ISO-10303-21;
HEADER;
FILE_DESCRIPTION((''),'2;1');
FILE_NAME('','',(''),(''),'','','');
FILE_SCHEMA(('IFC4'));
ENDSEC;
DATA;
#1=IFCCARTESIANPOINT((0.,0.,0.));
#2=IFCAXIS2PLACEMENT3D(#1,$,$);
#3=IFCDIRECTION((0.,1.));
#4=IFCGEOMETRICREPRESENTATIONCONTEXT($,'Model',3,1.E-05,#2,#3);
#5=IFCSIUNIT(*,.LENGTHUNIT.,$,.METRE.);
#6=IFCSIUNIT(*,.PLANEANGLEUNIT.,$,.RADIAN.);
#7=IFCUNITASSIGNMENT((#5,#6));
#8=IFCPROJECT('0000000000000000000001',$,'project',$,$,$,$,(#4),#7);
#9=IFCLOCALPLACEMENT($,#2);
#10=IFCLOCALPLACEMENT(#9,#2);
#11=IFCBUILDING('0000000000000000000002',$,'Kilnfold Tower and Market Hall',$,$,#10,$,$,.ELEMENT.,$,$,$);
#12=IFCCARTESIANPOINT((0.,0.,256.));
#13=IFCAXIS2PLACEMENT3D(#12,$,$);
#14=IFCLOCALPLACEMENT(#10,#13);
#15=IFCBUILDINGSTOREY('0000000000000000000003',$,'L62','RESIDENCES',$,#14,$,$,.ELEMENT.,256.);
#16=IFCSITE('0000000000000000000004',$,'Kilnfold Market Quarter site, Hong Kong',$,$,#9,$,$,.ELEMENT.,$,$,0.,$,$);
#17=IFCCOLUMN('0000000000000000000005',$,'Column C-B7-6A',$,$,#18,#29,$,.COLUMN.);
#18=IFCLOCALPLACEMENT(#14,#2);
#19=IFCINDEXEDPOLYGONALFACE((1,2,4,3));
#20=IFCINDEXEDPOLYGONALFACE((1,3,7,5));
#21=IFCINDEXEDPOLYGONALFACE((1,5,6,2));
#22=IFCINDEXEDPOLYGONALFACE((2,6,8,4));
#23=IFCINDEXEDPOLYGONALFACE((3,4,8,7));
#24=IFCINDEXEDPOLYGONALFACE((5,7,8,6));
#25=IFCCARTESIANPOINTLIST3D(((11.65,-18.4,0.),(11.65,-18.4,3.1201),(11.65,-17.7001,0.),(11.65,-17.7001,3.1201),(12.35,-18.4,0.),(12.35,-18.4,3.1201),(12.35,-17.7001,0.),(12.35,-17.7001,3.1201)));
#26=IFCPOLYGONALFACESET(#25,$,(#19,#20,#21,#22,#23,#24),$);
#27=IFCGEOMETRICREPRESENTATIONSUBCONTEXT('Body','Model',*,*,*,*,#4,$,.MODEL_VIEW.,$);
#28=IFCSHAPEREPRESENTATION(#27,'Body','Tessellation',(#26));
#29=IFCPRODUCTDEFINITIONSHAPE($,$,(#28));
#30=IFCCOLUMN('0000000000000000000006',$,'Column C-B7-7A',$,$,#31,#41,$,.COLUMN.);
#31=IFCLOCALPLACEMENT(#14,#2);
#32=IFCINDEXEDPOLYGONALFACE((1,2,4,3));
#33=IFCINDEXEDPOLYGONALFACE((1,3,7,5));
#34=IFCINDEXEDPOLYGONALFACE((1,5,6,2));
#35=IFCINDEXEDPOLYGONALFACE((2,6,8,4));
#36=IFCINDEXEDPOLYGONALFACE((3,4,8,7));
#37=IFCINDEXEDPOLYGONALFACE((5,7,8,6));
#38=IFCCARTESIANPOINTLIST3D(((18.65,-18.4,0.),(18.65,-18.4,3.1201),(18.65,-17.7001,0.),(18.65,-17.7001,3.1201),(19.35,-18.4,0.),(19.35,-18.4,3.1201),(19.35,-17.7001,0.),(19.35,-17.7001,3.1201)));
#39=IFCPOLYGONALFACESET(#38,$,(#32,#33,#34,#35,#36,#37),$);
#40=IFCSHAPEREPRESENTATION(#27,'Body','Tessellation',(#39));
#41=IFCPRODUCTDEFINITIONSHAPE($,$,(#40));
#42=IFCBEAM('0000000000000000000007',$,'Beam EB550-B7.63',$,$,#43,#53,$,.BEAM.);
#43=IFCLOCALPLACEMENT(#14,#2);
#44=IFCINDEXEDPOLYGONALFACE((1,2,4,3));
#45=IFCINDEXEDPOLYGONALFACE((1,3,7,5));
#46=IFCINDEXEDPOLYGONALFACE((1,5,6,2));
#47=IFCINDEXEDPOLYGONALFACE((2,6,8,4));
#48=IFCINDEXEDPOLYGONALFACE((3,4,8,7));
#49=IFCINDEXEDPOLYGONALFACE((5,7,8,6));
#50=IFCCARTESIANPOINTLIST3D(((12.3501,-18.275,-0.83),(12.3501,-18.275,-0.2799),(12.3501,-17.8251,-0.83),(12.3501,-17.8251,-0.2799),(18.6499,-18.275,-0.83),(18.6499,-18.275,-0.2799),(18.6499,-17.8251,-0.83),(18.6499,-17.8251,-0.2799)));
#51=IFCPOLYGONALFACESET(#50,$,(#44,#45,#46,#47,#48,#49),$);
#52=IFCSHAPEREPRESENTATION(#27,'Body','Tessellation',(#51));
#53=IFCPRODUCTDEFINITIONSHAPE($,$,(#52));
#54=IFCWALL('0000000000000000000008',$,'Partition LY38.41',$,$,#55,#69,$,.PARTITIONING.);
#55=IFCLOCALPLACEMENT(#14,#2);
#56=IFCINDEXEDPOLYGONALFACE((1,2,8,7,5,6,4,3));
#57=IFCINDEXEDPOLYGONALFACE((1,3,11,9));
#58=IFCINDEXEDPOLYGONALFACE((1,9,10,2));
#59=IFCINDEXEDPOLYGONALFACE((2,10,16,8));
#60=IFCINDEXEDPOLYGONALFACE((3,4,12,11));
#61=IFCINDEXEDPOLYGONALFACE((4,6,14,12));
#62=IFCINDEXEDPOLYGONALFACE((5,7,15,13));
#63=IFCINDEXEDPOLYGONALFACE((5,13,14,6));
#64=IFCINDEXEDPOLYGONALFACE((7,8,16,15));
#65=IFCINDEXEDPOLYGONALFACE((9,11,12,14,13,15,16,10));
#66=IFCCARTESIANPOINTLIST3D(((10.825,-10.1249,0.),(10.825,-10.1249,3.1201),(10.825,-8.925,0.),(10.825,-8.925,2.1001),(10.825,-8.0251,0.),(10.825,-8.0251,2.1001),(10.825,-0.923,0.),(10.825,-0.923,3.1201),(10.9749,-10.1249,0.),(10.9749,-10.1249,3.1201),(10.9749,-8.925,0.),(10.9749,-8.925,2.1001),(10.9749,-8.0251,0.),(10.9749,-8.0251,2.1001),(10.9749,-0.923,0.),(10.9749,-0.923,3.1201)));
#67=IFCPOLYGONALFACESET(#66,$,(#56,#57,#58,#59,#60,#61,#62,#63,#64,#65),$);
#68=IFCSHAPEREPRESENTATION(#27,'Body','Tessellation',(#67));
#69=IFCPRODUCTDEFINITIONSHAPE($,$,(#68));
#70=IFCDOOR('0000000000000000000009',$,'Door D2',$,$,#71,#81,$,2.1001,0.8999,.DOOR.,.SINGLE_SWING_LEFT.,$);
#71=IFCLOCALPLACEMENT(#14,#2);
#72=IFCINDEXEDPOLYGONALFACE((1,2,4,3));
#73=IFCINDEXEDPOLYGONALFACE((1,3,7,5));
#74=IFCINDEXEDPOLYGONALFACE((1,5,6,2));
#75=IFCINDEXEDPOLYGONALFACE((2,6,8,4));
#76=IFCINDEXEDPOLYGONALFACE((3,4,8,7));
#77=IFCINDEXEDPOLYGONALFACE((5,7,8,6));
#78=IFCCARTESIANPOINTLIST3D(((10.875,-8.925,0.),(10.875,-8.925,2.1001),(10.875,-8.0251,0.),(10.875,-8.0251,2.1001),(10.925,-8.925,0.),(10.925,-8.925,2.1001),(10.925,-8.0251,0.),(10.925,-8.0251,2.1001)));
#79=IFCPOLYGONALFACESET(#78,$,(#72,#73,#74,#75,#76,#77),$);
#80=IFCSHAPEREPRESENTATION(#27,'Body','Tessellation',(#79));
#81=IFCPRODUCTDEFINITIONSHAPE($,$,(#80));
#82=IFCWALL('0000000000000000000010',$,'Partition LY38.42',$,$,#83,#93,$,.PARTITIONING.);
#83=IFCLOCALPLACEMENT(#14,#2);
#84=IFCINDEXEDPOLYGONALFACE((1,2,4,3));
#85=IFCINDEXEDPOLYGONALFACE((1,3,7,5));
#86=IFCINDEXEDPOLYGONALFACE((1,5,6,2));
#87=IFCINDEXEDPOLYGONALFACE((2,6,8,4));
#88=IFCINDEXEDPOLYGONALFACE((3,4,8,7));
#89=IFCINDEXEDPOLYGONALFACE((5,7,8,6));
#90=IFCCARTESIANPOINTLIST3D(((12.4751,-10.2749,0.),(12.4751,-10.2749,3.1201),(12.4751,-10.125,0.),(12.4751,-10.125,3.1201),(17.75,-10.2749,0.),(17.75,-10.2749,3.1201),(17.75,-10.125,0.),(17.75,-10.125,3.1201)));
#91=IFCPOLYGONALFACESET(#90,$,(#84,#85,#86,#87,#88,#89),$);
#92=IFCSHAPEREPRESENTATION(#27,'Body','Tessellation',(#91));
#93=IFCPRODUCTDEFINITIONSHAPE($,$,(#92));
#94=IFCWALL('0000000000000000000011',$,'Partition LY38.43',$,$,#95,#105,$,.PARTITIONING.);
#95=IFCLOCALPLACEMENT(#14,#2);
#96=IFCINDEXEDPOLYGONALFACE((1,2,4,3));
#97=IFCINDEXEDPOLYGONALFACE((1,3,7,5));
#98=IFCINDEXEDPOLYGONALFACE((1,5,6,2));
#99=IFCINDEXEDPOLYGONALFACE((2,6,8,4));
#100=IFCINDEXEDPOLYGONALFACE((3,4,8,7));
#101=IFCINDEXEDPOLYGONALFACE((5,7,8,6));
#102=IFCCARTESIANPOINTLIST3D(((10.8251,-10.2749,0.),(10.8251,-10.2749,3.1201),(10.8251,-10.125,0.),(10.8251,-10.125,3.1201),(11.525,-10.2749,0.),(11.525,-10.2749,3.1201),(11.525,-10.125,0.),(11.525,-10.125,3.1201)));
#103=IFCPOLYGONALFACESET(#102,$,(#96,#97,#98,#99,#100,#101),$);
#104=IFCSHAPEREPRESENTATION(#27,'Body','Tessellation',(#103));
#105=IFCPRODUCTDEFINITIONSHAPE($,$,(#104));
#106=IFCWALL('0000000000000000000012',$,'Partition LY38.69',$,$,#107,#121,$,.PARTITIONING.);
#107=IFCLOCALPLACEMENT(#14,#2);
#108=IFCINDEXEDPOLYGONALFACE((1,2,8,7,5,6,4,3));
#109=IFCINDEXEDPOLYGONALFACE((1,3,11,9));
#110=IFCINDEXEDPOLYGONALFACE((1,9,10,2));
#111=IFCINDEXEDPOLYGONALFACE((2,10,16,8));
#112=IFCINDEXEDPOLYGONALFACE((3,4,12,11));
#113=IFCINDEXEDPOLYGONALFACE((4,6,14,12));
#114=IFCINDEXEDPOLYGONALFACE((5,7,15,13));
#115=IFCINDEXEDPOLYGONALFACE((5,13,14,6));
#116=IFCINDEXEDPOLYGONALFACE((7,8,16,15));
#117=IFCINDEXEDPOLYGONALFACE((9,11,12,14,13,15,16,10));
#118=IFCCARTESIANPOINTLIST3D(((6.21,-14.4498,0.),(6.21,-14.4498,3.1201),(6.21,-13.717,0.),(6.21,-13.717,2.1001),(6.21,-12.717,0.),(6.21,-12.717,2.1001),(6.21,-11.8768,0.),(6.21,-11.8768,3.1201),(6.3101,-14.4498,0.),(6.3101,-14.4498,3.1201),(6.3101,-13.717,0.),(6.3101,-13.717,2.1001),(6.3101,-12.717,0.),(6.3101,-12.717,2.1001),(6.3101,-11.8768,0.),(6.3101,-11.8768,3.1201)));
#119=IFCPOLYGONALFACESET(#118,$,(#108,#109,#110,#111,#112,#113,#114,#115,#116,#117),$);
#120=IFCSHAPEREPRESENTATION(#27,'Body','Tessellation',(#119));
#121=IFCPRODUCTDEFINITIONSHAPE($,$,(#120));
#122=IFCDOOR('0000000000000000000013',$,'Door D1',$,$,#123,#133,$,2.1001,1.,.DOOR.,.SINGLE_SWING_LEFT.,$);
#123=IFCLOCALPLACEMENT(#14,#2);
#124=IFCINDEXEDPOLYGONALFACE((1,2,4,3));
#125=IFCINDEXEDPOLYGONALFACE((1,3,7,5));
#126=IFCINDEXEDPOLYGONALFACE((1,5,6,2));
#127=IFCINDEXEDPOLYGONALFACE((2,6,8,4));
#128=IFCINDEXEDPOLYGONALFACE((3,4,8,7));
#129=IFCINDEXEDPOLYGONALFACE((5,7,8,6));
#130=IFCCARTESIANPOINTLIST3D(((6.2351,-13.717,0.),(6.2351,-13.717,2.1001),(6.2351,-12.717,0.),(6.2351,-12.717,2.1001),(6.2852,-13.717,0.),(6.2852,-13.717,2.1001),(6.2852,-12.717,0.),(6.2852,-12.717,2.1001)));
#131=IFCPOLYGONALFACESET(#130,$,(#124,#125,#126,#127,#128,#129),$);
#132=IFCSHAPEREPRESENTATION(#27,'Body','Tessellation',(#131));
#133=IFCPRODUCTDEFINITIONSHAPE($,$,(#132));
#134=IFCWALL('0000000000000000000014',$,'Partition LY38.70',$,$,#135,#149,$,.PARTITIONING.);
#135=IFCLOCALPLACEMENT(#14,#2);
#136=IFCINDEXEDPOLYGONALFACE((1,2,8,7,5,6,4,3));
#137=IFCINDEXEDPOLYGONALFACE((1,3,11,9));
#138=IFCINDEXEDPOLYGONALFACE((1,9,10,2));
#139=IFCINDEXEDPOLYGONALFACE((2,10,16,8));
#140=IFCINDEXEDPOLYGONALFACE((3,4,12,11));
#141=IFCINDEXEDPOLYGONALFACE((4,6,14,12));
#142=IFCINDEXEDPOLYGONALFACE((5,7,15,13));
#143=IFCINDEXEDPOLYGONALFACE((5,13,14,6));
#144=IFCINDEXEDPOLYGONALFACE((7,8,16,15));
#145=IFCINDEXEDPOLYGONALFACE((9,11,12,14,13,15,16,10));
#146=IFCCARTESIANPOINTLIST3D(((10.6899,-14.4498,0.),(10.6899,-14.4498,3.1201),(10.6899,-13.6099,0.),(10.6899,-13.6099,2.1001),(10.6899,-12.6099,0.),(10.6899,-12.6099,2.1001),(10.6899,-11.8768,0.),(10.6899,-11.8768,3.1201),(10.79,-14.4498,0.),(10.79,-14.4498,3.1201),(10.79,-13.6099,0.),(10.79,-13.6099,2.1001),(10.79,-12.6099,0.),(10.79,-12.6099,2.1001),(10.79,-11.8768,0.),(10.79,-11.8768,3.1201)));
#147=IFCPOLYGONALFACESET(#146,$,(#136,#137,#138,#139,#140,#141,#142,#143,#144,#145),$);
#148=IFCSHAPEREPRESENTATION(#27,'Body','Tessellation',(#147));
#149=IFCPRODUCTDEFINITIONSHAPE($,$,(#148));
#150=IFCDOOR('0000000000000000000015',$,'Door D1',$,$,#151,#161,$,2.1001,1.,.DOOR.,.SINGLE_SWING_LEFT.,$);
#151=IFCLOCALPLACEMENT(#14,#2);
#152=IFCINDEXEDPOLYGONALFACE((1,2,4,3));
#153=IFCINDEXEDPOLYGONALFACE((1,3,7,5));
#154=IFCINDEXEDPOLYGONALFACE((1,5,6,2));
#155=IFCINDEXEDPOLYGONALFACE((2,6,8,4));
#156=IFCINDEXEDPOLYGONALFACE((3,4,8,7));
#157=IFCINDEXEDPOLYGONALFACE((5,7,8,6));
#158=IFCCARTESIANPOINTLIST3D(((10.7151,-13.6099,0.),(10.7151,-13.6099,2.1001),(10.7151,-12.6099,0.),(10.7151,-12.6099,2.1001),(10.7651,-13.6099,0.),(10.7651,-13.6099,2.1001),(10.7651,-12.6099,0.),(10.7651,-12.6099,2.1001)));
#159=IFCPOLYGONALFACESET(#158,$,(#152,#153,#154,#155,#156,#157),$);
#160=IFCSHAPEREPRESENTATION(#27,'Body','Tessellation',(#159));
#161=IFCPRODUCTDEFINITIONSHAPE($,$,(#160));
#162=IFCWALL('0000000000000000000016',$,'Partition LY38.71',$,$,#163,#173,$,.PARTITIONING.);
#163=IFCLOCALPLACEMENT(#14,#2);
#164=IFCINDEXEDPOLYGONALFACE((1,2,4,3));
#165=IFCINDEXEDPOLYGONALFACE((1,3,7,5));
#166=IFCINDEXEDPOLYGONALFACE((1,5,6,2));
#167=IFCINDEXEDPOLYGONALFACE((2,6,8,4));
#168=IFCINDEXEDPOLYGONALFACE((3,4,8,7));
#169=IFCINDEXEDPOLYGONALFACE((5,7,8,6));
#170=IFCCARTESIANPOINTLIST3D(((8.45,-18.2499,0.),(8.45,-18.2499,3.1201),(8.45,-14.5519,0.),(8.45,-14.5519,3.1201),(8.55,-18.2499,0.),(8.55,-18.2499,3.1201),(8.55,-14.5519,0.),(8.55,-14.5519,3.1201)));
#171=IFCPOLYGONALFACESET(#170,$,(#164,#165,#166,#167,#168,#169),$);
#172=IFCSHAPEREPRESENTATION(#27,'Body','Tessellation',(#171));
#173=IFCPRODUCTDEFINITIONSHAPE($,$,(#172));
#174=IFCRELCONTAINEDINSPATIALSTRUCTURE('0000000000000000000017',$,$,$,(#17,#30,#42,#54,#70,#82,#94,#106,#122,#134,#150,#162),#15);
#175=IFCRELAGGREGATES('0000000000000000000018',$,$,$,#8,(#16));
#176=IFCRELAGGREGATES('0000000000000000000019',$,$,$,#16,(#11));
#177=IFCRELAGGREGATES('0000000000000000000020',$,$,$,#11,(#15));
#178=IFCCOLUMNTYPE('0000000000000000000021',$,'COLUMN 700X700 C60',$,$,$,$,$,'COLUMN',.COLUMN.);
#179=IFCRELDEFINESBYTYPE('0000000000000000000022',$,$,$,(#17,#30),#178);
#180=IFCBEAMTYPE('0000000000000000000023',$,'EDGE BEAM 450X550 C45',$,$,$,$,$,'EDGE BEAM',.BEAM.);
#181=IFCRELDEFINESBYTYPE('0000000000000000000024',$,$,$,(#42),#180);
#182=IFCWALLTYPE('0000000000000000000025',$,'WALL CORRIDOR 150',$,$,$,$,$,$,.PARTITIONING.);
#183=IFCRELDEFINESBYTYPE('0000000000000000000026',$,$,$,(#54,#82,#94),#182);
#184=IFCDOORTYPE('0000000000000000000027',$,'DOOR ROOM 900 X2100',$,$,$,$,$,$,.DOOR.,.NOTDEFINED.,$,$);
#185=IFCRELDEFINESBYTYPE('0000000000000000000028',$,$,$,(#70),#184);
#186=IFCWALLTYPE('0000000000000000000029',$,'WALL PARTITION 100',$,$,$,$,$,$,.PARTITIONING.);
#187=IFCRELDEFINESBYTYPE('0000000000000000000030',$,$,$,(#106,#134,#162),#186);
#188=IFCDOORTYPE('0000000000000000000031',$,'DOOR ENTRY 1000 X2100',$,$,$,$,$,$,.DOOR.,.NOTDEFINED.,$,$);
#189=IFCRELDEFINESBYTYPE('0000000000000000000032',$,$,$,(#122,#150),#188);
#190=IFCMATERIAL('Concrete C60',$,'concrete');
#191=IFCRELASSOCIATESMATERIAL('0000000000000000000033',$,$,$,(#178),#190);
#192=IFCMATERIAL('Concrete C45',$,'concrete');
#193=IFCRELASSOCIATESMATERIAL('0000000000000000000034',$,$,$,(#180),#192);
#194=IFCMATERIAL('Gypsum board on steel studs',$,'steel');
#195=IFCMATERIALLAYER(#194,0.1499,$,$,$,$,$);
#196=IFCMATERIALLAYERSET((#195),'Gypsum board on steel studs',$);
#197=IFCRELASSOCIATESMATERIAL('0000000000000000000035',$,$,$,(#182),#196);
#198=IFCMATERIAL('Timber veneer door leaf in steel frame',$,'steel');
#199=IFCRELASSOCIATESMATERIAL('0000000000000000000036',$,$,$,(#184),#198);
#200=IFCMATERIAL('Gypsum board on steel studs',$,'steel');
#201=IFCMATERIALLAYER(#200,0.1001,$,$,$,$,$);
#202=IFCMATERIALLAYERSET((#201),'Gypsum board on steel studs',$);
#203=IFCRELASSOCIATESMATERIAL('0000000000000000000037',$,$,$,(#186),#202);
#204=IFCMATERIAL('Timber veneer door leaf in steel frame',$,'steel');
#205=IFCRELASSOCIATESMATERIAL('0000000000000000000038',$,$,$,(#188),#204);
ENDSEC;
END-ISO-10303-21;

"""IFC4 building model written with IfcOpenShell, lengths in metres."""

from ifc_helpers import new_model, si_unit, direction, frame, frame_2d, origin, origin_2d, place, context, subcontext, project, spatial, rectangle, extrude, source, transform, mapped, material, layer, layer_set, material_profile, profile_set, type_object, element, fill, save


model = new_model("IFC4")

# Units and contexts
model_context = context("Model", 3, precision=1e-05, world=origin(), true_north=direction((0.0, 1.0)))
body_context = subcontext(model_context, "Body", "Model", "MODEL_VIEW")
ifc_project = project(units=[si_unit("LENGTHUNIT", "METRE"), si_unit("PLANEANGLEUNIT", "RADIAN")], contexts=[model_context])

# Site, building, storey
site_placement = place(None, origin())
site = spatial("IfcSite", under=ifc_project, at=site_placement, Name="Kilnfold Market Quarter site, Hong Kong", CompositionType="ELEMENT", RefElevation=0.0)
building_placement = place(site_placement, origin())
building = spatial("IfcBuilding", under=site, at=building_placement, Name="Kilnfold Tower and Market Hall", CompositionType="ELEMENT")
storey_placement = place(building_placement, frame((0.0, 0.0, 256.0)))
storey = spatial("IfcBuildingStorey", under=building, at=storey_placement, Name="L62", Description="RESIDENCES", CompositionType="ELEMENT", Elevation=256.0)

# Columns
ifc_material_1 = material(Name="Concrete C60", Category="concrete")
ifc_material_profile_1 = material_profile(ifc_material_1, rectangle(XDim=0.7, YDim=0.7, at=origin_2d()), Name="RC 700x700")
ifc_profile_set_1 = profile_set([ifc_material_profile_1], Name="Concrete C60")
column_type = type_object("IfcColumnType", Name="COLUMN 700X700 C60", ElementType="COLUMN", PredefinedType="COLUMN", material=ifc_profile_set_1)
shared_shape_1 = source(origin(), body_context, "Body", "SweptSolid", [
    extrude(rectangle(XDim=0.7, YDim=0.7, at=origin_2d()), origin(), (0.0, 0.0, 1.0), 3.1201),
])
for number, where, z_axis, x_axis, name in (
    (1, (12.0, -18.05, 0.0), (0.0, 0.0, 1.0), (1.0, 0.0, 0.0), "Column C-B7-6A"),
    (2, (19.0, -18.05, 0.0), (0.0, 0.0, 1.0), (1.0, 0.0, 0.0), "Column C-B7-7A"),
):
    element("IfcColumn", number, at=place(storey_placement, frame(where, z_axis=z_axis, x_axis=x_axis)), inside=storey, type_object=column_type, Name=name, PredefinedType="COLUMN", context=body_context, shape_type="MappedRepresentation", body=[
        mapped(shared_shape_1, transform((0.0, 0.0, 0.0))),
    ])

# Beam
ifc_material_2 = material(Name="Concrete C45", Category="concrete")
ifc_material_profile_2 = material_profile(ifc_material_2, rectangle(XDim=0.45, YDim=0.55, at=origin_2d()), Name="RC 450x550")
ifc_profile_set_2 = profile_set([ifc_material_profile_2], Name="Concrete C45")
beam_type = type_object("IfcBeamType", Name="EDGE BEAM 450X550 C45", ElementType="EDGE BEAM", PredefinedType="BEAM", material=ifc_profile_set_2)
shared_shape_2 = source(origin(), body_context, "Body", "SweptSolid", [
    extrude(rectangle(XDim=0.45, YDim=0.55, at=origin_2d()), origin(), (0.0, 0.0, 1.0), 6.2998),
])
beam_placement = place(storey_placement, frame((12.3501, -18.05, -0.5549), z_axis=(1.0, 0.0, 0.0), x_axis=(0.0, 1.0, 0.0)))
element("IfcBeam", 3, at=beam_placement, inside=storey, type_object=beam_type, Name="Beam EB550-B7.63", PredefinedType="BEAM", context=body_context, shape_type="MappedRepresentation", body=[
    mapped(shared_shape_2, transform((0.0, 0.0, 0.0))),
])

# Wall, opening, door
ifc_material_3 = material(Name="Gypsum board on steel studs", Category="steel")
ifc_layer_1 = layer(ifc_material_3, 0.1499)
ifc_layer_set_1 = layer_set([ifc_layer_1], Name="Gypsum board on steel studs")
wall_type_1 = type_object("IfcWallType", Name="WALL CORRIDOR 150", PredefinedType="PARTITIONING", material=ifc_layer_set_1)
wall_1_placement = place(storey_placement, frame((10.8999, -10.125, 0.0), z_axis=(0.0, 0.0, 1.0), x_axis=(0.0, 1.0, 0.0)))
wall_1 = element("IfcWall", 4, at=wall_1_placement, inside=storey, type_object=wall_type_1, Name="Partition LY38.41", PredefinedType="PARTITIONING", context=body_context, shape_type="SweptSolid", body=[
    extrude(rectangle(XDim=9.2019, YDim=0.1499, at=frame_2d((4.6011, 0.0))), origin(), (0.0, 0.0, 1.0), 3.1201),
])
opening_1_placement = place(wall_1_placement, frame((1.2, 0.0, 0.0)))
opening_1 = element("IfcOpeningElement", 5, at=opening_1_placement, cuts=wall_1, PredefinedType="OPENING", context=body_context, shape_type="SweptSolid", body=[
    extrude(rectangle(XDim=0.8999, YDim=2.1001, at=frame_2d((0.45, 1.05))), frame((0.0, 0.085, 0.0), z_axis=(0.0, -1.0, 0.0), x_axis=(1.0, 0.0, 0.0)), (0.0, 0.0, 1.0), 0.1699),
])
ifc_material_4 = material(Name="Timber veneer door leaf in steel frame", Category="steel")
door_type_1 = type_object("IfcDoorType", Name="DOOR ROOM 900 X2100", OperationType="NOTDEFINED", PredefinedType="DOOR", material=ifc_material_4)
door_1_placement = place(opening_1_placement, origin())
door_1 = element("IfcDoor", 6, at=door_1_placement, inside=storey, type_object=door_type_1, Name="Door D2", OperationType="SINGLE_SWING_LEFT", OverallHeight=2.1001, OverallWidth=0.8999, PredefinedType="DOOR", context=body_context, shape_type="SweptSolid", body=[
    extrude(rectangle(XDim=0.8999, YDim=2.1001, at=frame_2d((0.45, 1.05))), frame((0.0, 0.0249, 0.0), z_axis=(0.0, -1.0, 0.0), x_axis=(1.0, 0.0, 0.0)), (0.0, 0.0, 1.0), 0.05),
])
fill(opening_1, door_1)

# Walls
wall_2_placement = place(storey_placement, frame((12.4751, -10.2, 0.0), z_axis=(0.0, 0.0, 1.0), x_axis=(1.0, 0.0, 0.0)))
element("IfcWall", 7, at=wall_2_placement, inside=storey, type_object=wall_type_1, Name="Partition LY38.42", PredefinedType="PARTITIONING", context=body_context, shape_type="SweptSolid", body=[
    extrude(rectangle(XDim=5.2749, YDim=0.1499, at=frame_2d((2.6375, 0.0))), origin(), (0.0, 0.0, 1.0), 3.1201),
])
wall_3_placement = place(storey_placement, frame((10.825, -10.2, 0.0), z_axis=(0.0, 0.0, 1.0), x_axis=(1.0, 0.0, 0.0)))
element("IfcWall", 8, at=wall_3_placement, inside=storey, type_object=wall_type_1, Name="Partition LY38.43", PredefinedType="PARTITIONING", context=body_context, shape_type="SweptSolid", body=[
    extrude(rectangle(XDim=0.7, YDim=0.1499, at=frame_2d((0.3501, 0.0))), origin(), (0.0, 0.0, 1.0), 3.1201),
])

# Walls, openings, doors
ifc_material_5 = material(Name="Gypsum board on steel studs", Category="steel")
ifc_layer_2 = layer(ifc_material_5, 0.1001)
ifc_layer_set_2 = layer_set([ifc_layer_2], Name="Gypsum board on steel studs")
wall_type_2 = type_object("IfcWallType", Name="WALL PARTITION 100", PredefinedType="PARTITIONING", material=ifc_layer_set_2)
wall_4_placement = place(storey_placement, frame((6.26, -14.45, 0.0), z_axis=(0.0, 0.0, 1.0), x_axis=(0.0, 1.0, 0.0)))
wall_4 = element("IfcWall", 9, at=wall_4_placement, inside=storey, type_object=wall_type_2, Name="Partition LY38.69", PredefinedType="PARTITIONING", context=body_context, shape_type="SweptSolid", body=[
    extrude(rectangle(XDim=2.573, YDim=0.1001, at=frame_2d((1.2866, 0.0))), origin(), (0.0, 0.0, 1.0), 3.1201),
])
opening_2_placement = place(wall_4_placement, frame((0.7329, 0.0, 0.0)))
opening_2 = element("IfcOpeningElement", 10, at=opening_2_placement, cuts=wall_4, PredefinedType="OPENING", context=body_context, shape_type="SweptSolid", body=[
    extrude(rectangle(XDim=1.0, YDim=2.1001, at=frame_2d((0.5, 1.05))), frame((0.0, 0.0601, 0.0), z_axis=(0.0, -1.0, 0.0), x_axis=(1.0, 0.0, 0.0)), (0.0, 0.0, 1.0), 0.1201),
])
ifc_material_6 = material(Name="Timber veneer door leaf in steel frame", Category="steel")
door_type_2 = type_object("IfcDoorType", Name="DOOR ENTRY 1000 X2100", OperationType="NOTDEFINED", PredefinedType="DOOR", material=ifc_material_6)
door_2_placement = place(opening_2_placement, origin())
door_2 = element("IfcDoor", 11, at=door_2_placement, inside=storey, type_object=door_type_2, Name="Door D1", OperationType="SINGLE_SWING_LEFT", OverallHeight=2.1001, OverallWidth=1.0, PredefinedType="DOOR", context=body_context, shape_type="SweptSolid", body=[
    extrude(rectangle(XDim=1.0, YDim=2.1001, at=frame_2d((0.5, 1.05))), frame((0.0, 0.0249, 0.0), z_axis=(0.0, -1.0, 0.0), x_axis=(1.0, 0.0, 0.0)), (0.0, 0.0, 1.0), 0.05),
])
fill(opening_2, door_2)
wall_5_placement = place(storey_placement, frame((10.74, -14.45, 0.0), z_axis=(0.0, 0.0, 1.0), x_axis=(0.0, 1.0, 0.0)))
wall_5 = element("IfcWall", 12, at=wall_5_placement, inside=storey, type_object=wall_type_2, Name="Partition LY38.70", PredefinedType="PARTITIONING", context=body_context, shape_type="SweptSolid", body=[
    extrude(rectangle(XDim=2.573, YDim=0.1001, at=frame_2d((1.2866, 0.0))), origin(), (0.0, 0.0, 1.0), 3.1201),
])
opening_3_placement = place(wall_5_placement, frame((0.8401, 0.0, 0.0)))
opening_3 = element("IfcOpeningElement", 13, at=opening_3_placement, cuts=wall_5, PredefinedType="OPENING", context=body_context, shape_type="SweptSolid", body=[
    extrude(rectangle(XDim=1.0, YDim=2.1001, at=frame_2d((0.5, 1.05))), frame((0.0, 0.0601, 0.0), z_axis=(0.0, -1.0, 0.0), x_axis=(1.0, 0.0, 0.0)), (0.0, 0.0, 1.0), 0.1201),
])
door_3_placement = place(opening_3_placement, origin())
door_3 = element("IfcDoor", 14, at=door_3_placement, inside=storey, type_object=door_type_2, Name="Door D1", OperationType="SINGLE_SWING_LEFT", OverallHeight=2.1001, OverallWidth=1.0, PredefinedType="DOOR", context=body_context, shape_type="SweptSolid", body=[
    extrude(rectangle(XDim=1.0, YDim=2.1001, at=frame_2d((0.5, 1.05))), frame((0.0, 0.0249, 0.0), z_axis=(0.0, -1.0, 0.0), x_axis=(1.0, 0.0, 0.0)), (0.0, 0.0, 1.0), 0.05),
])
fill(opening_3, door_3)

# Wall
wall_6_placement = place(storey_placement, frame((8.5, -18.25, 0.0), z_axis=(0.0, 0.0, 1.0), x_axis=(0.0, 1.0, 0.0)))
element("IfcWall", 15, at=wall_6_placement, inside=storey, type_object=wall_type_2, Name="Partition LY38.71", PredefinedType="PARTITIONING", context=body_context, shape_type="SweptSolid", body=[
    extrude(rectangle(XDim=3.698, YDim=0.1001, at=frame_2d((1.8491, 0.0))), origin(), (0.0, 0.0, 1.0), 3.1201),
])

save(model, "model.ifc")
